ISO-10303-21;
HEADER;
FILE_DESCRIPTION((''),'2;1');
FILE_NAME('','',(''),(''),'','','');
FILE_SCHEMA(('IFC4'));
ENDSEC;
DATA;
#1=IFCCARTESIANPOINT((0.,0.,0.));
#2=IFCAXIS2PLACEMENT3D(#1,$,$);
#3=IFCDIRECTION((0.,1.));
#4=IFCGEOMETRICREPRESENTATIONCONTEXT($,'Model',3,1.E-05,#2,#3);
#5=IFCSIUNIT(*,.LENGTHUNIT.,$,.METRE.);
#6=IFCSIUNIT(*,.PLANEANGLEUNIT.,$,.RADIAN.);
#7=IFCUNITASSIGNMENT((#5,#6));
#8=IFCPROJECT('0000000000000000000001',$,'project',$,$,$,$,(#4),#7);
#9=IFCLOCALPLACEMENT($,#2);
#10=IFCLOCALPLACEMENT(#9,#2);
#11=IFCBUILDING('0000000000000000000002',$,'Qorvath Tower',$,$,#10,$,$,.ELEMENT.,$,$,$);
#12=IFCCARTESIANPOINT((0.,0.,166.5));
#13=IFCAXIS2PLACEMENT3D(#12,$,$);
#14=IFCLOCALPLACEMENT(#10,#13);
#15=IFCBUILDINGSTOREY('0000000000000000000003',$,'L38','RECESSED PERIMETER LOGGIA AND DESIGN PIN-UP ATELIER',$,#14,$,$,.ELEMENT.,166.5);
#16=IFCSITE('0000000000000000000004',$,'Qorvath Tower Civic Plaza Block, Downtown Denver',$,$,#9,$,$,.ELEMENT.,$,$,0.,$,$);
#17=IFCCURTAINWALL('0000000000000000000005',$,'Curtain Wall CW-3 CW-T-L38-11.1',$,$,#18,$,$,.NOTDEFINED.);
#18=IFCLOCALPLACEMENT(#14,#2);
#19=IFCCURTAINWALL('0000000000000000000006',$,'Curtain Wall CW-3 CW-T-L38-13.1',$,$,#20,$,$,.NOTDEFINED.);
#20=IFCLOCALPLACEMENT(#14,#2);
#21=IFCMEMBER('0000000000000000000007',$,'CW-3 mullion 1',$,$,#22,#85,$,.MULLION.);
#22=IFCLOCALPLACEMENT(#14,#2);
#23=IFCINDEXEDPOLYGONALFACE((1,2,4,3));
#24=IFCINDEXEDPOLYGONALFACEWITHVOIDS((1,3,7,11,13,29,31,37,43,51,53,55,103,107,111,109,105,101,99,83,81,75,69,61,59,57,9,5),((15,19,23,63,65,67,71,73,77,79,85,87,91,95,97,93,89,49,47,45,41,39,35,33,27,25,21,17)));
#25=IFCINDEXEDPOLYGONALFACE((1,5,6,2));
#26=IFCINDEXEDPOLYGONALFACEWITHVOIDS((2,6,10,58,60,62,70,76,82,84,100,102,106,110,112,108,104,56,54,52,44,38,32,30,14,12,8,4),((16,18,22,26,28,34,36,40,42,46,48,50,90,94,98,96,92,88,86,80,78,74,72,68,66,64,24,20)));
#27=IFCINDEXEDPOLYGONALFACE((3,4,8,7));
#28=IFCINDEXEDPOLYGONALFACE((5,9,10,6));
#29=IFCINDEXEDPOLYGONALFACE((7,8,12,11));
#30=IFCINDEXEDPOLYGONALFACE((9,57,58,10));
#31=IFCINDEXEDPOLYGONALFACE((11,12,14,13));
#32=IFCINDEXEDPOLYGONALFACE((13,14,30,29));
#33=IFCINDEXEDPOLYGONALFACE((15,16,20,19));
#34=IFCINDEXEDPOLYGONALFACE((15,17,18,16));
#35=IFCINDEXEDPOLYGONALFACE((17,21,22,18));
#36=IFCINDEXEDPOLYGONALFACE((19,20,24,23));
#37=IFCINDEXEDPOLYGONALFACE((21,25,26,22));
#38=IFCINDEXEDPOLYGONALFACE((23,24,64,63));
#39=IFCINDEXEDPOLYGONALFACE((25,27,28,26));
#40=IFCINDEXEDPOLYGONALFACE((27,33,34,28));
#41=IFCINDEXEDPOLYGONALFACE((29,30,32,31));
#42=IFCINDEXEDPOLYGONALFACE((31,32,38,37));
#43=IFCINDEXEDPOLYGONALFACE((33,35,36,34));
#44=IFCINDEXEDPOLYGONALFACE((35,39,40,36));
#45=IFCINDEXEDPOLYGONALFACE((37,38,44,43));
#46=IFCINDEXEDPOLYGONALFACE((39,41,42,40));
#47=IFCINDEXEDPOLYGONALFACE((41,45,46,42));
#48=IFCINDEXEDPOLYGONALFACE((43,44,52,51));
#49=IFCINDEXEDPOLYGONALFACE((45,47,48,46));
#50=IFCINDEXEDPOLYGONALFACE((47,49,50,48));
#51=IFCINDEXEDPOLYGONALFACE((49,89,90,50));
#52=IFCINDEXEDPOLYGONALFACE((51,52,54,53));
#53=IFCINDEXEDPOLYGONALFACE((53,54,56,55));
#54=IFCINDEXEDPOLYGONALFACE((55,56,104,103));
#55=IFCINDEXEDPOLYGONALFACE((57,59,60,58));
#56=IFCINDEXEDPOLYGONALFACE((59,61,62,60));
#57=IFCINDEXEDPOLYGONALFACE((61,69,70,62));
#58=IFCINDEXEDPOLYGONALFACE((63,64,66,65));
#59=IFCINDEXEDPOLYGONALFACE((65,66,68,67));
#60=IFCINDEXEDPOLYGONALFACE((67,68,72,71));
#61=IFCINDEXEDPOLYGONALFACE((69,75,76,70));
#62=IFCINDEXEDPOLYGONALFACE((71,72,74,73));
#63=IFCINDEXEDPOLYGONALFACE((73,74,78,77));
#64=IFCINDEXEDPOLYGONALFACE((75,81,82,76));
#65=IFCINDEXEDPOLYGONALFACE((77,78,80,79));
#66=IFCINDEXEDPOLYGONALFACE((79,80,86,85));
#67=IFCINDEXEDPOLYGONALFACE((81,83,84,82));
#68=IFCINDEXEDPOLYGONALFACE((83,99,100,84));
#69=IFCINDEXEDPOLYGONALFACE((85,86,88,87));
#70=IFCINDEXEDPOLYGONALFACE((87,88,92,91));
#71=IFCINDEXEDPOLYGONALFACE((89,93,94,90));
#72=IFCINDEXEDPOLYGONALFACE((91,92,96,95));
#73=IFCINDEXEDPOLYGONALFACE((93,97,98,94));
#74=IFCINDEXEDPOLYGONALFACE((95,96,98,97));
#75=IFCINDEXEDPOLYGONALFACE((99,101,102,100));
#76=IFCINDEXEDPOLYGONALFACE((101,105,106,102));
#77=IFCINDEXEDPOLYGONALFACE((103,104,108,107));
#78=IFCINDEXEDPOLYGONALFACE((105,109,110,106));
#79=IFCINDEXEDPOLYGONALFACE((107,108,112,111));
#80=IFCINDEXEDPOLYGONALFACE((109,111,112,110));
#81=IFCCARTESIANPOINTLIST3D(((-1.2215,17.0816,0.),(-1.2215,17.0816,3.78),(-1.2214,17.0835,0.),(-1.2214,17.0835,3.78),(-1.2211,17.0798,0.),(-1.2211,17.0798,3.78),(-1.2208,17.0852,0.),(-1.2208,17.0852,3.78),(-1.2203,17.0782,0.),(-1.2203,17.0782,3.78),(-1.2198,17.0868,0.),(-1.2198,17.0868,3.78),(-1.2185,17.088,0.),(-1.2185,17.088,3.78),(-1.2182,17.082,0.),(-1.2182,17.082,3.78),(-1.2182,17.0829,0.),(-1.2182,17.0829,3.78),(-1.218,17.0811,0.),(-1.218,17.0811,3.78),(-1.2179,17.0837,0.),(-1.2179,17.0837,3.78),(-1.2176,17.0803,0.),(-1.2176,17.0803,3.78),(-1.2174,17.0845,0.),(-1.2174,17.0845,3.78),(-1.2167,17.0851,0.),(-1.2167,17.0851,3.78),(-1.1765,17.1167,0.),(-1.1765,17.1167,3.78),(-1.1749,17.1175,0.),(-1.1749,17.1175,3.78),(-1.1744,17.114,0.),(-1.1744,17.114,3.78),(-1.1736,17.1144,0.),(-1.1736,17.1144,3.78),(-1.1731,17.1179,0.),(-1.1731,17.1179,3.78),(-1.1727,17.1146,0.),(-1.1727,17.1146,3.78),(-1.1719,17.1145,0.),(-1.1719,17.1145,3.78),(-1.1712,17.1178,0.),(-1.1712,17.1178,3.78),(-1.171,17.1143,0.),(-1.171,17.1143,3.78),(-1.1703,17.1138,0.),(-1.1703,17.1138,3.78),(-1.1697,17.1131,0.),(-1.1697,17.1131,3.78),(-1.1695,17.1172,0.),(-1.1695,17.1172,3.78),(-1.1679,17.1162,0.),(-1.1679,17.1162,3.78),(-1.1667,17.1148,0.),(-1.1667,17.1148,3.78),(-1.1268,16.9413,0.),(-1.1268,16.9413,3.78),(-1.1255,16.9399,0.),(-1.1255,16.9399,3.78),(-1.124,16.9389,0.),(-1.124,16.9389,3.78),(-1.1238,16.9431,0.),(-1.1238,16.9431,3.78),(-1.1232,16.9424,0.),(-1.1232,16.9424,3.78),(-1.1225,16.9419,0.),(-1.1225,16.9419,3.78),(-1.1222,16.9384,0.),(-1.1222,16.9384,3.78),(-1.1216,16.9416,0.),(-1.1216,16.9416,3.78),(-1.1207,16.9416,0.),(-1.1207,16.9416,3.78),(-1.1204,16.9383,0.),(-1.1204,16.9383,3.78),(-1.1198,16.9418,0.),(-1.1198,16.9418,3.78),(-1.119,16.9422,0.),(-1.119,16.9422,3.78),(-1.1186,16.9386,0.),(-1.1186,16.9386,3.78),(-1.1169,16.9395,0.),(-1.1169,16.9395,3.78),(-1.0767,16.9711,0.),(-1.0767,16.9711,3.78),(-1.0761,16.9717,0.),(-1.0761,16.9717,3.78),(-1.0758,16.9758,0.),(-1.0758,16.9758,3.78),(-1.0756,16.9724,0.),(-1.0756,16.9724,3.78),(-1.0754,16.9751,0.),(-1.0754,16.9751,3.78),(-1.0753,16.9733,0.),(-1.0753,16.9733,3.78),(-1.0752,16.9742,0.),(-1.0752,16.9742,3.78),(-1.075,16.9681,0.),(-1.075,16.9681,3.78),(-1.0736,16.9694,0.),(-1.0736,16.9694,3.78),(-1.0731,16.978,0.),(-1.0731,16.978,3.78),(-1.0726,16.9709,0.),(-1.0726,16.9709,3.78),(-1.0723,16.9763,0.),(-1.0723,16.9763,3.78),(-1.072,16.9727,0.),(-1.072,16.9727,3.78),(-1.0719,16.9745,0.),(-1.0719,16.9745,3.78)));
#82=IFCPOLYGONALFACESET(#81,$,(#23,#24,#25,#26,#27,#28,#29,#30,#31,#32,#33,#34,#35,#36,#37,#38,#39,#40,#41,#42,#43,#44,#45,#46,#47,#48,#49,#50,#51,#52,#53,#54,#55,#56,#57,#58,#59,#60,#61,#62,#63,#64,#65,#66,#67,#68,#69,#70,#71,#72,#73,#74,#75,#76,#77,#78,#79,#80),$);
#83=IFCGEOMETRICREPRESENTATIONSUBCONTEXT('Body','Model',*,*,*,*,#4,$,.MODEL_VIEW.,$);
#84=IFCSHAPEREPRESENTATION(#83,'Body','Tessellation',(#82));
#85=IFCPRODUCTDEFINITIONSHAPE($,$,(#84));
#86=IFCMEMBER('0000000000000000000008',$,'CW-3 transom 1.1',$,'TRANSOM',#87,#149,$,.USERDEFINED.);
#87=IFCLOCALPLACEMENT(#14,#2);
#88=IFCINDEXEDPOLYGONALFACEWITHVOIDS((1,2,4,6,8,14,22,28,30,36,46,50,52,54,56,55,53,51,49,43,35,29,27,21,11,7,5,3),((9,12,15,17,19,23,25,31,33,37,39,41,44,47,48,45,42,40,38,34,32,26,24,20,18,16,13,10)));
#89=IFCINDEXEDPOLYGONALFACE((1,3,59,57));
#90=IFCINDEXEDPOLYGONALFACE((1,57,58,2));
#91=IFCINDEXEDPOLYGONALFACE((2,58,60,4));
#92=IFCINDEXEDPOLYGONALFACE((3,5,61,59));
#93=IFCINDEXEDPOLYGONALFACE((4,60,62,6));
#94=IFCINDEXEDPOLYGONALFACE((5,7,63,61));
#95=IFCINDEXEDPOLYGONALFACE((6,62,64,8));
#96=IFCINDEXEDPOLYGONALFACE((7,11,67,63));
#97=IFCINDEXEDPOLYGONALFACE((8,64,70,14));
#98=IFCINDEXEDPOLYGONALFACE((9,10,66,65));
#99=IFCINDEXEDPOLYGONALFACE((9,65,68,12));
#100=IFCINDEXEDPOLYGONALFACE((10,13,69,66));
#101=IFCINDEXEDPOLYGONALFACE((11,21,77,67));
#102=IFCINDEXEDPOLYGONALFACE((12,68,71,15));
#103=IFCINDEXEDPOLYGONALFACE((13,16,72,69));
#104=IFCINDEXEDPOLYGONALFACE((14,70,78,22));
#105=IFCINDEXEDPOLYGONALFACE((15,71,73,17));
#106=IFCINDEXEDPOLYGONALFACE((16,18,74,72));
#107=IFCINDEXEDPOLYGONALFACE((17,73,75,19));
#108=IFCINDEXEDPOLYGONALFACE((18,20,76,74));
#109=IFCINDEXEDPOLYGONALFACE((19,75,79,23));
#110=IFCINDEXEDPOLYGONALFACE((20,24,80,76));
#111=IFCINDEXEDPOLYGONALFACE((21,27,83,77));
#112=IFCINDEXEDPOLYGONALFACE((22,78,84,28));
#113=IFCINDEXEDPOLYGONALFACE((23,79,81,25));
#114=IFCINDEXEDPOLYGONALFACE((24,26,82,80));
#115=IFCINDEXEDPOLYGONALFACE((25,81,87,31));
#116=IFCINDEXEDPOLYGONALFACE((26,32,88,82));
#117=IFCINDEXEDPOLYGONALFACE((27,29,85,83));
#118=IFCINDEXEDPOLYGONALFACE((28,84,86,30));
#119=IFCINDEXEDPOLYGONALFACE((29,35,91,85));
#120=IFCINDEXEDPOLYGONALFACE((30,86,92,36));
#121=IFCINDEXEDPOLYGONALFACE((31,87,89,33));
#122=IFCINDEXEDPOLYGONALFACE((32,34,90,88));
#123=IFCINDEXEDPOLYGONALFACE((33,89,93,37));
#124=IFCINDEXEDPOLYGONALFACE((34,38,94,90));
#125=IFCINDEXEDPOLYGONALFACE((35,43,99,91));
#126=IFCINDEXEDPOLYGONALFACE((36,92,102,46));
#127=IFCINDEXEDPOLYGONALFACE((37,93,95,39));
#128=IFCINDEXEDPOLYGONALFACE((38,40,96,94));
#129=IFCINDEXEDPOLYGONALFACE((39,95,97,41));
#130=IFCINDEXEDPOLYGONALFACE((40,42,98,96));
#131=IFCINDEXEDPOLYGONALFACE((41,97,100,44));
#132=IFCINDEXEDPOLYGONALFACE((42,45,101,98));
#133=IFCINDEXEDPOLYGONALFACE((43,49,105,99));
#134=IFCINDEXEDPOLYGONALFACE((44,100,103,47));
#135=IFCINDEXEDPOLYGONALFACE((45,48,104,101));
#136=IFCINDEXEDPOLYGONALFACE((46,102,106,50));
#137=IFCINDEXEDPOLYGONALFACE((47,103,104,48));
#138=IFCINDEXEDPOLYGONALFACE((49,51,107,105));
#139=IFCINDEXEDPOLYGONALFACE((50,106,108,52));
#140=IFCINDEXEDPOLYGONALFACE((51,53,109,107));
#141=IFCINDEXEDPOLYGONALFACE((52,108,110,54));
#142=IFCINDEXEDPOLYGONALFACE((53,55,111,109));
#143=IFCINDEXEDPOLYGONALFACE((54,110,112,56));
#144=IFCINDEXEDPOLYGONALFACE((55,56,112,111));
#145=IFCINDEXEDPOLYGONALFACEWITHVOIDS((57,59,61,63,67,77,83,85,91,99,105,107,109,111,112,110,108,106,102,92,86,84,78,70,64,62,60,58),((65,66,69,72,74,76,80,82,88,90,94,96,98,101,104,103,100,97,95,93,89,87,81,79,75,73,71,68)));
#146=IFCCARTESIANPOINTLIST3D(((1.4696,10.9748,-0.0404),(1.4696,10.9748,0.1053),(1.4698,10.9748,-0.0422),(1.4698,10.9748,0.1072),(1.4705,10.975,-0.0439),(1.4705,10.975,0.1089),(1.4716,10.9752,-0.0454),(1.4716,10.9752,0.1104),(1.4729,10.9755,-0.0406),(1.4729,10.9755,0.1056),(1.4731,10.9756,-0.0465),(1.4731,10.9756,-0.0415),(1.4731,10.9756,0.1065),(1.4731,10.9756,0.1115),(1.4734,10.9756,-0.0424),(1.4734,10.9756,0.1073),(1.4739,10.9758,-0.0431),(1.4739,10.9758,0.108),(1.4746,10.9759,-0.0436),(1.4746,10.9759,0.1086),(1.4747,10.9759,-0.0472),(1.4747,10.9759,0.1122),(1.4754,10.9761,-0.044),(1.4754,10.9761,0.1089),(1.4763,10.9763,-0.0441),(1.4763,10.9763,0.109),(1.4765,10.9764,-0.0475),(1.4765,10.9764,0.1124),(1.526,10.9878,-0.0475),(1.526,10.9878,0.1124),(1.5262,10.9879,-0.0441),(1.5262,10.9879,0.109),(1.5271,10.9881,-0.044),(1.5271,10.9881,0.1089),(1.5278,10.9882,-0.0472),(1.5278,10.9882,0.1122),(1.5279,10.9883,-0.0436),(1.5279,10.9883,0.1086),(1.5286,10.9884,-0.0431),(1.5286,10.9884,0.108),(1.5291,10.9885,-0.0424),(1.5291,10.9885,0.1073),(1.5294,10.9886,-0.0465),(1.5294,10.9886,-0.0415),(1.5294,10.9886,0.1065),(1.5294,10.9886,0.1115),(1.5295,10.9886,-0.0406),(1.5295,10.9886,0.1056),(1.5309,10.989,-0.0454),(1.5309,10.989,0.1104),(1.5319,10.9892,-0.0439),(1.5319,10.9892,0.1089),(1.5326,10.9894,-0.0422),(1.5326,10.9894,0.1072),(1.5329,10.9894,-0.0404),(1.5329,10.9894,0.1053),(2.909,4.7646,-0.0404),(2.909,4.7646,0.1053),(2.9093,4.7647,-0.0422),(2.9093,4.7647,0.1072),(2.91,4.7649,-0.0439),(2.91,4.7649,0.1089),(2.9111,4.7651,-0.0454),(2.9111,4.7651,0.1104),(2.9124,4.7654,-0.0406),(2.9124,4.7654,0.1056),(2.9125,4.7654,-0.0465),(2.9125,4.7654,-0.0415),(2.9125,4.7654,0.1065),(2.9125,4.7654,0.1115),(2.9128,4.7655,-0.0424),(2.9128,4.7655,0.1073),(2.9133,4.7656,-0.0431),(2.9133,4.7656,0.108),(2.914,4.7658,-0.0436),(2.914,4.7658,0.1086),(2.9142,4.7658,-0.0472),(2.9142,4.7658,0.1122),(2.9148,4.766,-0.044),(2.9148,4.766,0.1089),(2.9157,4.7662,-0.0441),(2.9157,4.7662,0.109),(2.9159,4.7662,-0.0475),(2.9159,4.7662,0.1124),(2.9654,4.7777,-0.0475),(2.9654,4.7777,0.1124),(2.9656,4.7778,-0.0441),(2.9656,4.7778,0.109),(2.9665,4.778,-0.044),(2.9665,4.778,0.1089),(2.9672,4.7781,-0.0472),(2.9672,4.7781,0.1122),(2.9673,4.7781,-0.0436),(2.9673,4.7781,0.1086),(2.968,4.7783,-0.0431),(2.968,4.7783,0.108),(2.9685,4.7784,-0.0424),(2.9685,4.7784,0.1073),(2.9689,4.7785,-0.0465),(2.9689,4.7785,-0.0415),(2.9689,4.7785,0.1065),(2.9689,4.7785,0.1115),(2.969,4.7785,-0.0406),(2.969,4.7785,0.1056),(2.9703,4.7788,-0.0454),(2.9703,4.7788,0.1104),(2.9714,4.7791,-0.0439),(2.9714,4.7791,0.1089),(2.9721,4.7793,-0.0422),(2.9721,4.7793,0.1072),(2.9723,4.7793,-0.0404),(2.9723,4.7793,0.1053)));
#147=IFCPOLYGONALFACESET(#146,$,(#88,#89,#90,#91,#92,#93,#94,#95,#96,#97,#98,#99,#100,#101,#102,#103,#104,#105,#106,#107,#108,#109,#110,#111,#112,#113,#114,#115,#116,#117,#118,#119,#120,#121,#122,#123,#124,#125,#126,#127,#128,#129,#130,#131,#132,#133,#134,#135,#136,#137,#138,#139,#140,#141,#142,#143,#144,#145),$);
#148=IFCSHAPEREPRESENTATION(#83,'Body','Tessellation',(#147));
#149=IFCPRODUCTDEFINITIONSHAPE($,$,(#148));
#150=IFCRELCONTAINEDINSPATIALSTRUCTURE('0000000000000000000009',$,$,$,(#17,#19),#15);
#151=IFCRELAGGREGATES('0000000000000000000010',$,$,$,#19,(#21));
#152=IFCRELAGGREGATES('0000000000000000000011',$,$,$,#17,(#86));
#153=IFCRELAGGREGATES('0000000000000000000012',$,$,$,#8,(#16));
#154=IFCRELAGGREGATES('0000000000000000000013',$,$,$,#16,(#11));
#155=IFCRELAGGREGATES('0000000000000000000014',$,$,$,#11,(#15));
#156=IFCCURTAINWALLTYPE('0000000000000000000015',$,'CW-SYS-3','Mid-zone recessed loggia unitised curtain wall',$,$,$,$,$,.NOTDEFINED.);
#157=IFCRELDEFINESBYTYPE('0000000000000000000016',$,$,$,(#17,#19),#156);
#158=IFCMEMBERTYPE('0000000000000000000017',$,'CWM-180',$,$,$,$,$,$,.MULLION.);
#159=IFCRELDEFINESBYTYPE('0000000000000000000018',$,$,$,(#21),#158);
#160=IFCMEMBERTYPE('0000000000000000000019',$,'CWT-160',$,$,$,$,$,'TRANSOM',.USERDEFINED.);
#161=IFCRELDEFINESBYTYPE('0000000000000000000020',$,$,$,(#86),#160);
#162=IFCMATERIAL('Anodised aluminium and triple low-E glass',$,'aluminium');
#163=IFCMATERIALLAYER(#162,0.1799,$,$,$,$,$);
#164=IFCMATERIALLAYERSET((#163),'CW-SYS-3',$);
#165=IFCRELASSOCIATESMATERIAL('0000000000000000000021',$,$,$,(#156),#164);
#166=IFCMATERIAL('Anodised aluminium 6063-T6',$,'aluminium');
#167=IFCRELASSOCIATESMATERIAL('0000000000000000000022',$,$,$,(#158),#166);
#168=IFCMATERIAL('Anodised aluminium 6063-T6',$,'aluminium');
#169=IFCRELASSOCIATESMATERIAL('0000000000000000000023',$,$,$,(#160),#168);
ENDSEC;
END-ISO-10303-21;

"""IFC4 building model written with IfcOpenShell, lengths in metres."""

from ifc_helpers import new_model, si_unit, direction, frame, origin, origin_2d, place, context, subcontext, project, spatial, hollow_rectangle, extrude, material, layer, layer_set, material_profile, profile_set, type_object, element, aggregate, save


model = new_model("IFC4")

# Units and contexts
model_context = context("Model", 3, precision=1e-05, world=origin(), true_north=direction((0.0, 1.0)))
body_context = subcontext(model_context, "Body", "Model", "MODEL_VIEW")
ifc_project = project(units=[si_unit("LENGTHUNIT", "METRE"), si_unit("PLANEANGLEUNIT", "RADIAN")], contexts=[model_context])

# Site, building, storey
site_placement = place(None, origin())
site = spatial("IfcSite", under=ifc_project, at=site_placement, Name="Qorvath Tower Civic Plaza Block, Downtown Denver", CompositionType="ELEMENT", RefElevation=0.0)
building_placement = place(site_placement, origin())
building = spatial("IfcBuilding", under=site, at=building_placement, Name="Qorvath Tower", CompositionType="ELEMENT")
storey_placement = place(building_placement, frame((0.0, 0.0, 166.5)))
storey = spatial("IfcBuildingStorey", under=building, at=storey_placement, Name="L38", Description="RECESSED PERIMETER LOGGIA AND DESIGN PIN-UP ATELIER", CompositionType="ELEMENT", Elevation=166.5)

# Curtain wall
ifc_material_1 = material(Name="Anodised aluminium and triple low-E glass", Category="aluminium")
ifc_layer_1 = layer(ifc_material_1, 0.1799)
ifc_layer_set_1 = layer_set([ifc_layer_1], Name="CW-SYS-3")
curtain_wall_type = type_object("IfcCurtainWallType", Name="CW-SYS-3", Description="Mid-zone recessed loggia unitised curtain wall", PredefinedType="NOTDEFINED", material=ifc_layer_set_1)
curtain_wall_1_placement = place(storey_placement, origin())
curtain_wall_1 = element("IfcCurtainWall", 1, at=curtain_wall_1_placement, inside=storey, type_object=curtain_wall_type, Name="Curtain Wall CW-3 CW-T-L38-11.1", PredefinedType="NOTDEFINED")
ifc_material_2 = material(Name="Anodised aluminium 6063-T6", Category="aluminium")
ifc_material_profile_1 = material_profile(ifc_material_2, hollow_rectangle(XDim=0.0649, YDim=0.1799, WallThickness=0.0034, InnerFilletRadius=0.0034, OuterFilletRadius=0.0071, at=origin_2d()), Name="CWM 180x65")
ifc_profile_set_1 = profile_set([ifc_material_profile_1], Name="Anodised aluminium 6063-T6")
member_type_1 = type_object("IfcMemberType", Name="CWM-180", PredefinedType="MULLION", material=ifc_profile_set_1)

# Curtain wall, member
curtain_wall_2_placement = place(storey_placement, origin())
curtain_wall_2 = element("IfcCurtainWall", 2, at=curtain_wall_2_placement, inside=storey, type_object=curtain_wall_type, Name="Curtain Wall CW-3 CW-T-L38-13.1", PredefinedType="NOTDEFINED")
member_1_placement = place(storey_placement, frame((-1.1467, 17.0281, 0.0), z_axis=(0.0, 0.0, 1.0), x_axis=(-0.825525, -0.564366, 0.0)))
member_1 = element("IfcMember", 3, at=member_1_placement, type_object=member_type_1, Name="CW-3 mullion 1", PredefinedType="MULLION", context=body_context, shape_type="SweptSolid", body=[
    extrude(hollow_rectangle(XDim=0.0649, YDim=0.1799, WallThickness=0.0034, InnerFilletRadius=0.0034, OuterFilletRadius=0.0071, at=origin_2d()), origin(), (0.0, 0.0, 1.0), 3.78),
])

# Member
ifc_material_3 = material(Name="Anodised aluminium 6063-T6", Category="aluminium")
ifc_material_profile_2 = material_profile(ifc_material_3, hollow_rectangle(XDim=0.0649, YDim=0.1599, WallThickness=0.0034, InnerFilletRadius=0.0034, OuterFilletRadius=0.0071, at=origin_2d()), Name="CWT 160x65")
ifc_profile_set_2 = profile_set([ifc_material_profile_2], Name="Anodised aluminium 6063-T6")
member_type_2 = type_object("IfcMemberType", Name="CWT-160", ElementType="TRANSOM", PredefinedType="USERDEFINED", material=ifc_profile_set_2)
member_2_placement = place(storey_placement, frame((2.9407, 4.772, 0.0325), z_axis=(-0.225802, 0.974173, 0.0), x_axis=(-0.974173, -0.225802, 0.0)))
member_2 = element("IfcMember", 4, at=member_2_placement, type_object=member_type_2, Name="CW-3 transom 1.1", ObjectType="TRANSOM", PredefinedType="USERDEFINED", context=body_context, shape_type="SweptSolid", body=[
    extrude(hollow_rectangle(XDim=0.0649, YDim=0.1599, WallThickness=0.0034, InnerFilletRadius=0.0034, OuterFilletRadius=0.0071, at=origin_2d()), origin(), (0.0, 0.0, 1.0), 6.3748),
])
aggregate(curtain_wall_2, [member_1])

aggregate(curtain_wall_1, [member_2])

save(model, "model.ifc")
